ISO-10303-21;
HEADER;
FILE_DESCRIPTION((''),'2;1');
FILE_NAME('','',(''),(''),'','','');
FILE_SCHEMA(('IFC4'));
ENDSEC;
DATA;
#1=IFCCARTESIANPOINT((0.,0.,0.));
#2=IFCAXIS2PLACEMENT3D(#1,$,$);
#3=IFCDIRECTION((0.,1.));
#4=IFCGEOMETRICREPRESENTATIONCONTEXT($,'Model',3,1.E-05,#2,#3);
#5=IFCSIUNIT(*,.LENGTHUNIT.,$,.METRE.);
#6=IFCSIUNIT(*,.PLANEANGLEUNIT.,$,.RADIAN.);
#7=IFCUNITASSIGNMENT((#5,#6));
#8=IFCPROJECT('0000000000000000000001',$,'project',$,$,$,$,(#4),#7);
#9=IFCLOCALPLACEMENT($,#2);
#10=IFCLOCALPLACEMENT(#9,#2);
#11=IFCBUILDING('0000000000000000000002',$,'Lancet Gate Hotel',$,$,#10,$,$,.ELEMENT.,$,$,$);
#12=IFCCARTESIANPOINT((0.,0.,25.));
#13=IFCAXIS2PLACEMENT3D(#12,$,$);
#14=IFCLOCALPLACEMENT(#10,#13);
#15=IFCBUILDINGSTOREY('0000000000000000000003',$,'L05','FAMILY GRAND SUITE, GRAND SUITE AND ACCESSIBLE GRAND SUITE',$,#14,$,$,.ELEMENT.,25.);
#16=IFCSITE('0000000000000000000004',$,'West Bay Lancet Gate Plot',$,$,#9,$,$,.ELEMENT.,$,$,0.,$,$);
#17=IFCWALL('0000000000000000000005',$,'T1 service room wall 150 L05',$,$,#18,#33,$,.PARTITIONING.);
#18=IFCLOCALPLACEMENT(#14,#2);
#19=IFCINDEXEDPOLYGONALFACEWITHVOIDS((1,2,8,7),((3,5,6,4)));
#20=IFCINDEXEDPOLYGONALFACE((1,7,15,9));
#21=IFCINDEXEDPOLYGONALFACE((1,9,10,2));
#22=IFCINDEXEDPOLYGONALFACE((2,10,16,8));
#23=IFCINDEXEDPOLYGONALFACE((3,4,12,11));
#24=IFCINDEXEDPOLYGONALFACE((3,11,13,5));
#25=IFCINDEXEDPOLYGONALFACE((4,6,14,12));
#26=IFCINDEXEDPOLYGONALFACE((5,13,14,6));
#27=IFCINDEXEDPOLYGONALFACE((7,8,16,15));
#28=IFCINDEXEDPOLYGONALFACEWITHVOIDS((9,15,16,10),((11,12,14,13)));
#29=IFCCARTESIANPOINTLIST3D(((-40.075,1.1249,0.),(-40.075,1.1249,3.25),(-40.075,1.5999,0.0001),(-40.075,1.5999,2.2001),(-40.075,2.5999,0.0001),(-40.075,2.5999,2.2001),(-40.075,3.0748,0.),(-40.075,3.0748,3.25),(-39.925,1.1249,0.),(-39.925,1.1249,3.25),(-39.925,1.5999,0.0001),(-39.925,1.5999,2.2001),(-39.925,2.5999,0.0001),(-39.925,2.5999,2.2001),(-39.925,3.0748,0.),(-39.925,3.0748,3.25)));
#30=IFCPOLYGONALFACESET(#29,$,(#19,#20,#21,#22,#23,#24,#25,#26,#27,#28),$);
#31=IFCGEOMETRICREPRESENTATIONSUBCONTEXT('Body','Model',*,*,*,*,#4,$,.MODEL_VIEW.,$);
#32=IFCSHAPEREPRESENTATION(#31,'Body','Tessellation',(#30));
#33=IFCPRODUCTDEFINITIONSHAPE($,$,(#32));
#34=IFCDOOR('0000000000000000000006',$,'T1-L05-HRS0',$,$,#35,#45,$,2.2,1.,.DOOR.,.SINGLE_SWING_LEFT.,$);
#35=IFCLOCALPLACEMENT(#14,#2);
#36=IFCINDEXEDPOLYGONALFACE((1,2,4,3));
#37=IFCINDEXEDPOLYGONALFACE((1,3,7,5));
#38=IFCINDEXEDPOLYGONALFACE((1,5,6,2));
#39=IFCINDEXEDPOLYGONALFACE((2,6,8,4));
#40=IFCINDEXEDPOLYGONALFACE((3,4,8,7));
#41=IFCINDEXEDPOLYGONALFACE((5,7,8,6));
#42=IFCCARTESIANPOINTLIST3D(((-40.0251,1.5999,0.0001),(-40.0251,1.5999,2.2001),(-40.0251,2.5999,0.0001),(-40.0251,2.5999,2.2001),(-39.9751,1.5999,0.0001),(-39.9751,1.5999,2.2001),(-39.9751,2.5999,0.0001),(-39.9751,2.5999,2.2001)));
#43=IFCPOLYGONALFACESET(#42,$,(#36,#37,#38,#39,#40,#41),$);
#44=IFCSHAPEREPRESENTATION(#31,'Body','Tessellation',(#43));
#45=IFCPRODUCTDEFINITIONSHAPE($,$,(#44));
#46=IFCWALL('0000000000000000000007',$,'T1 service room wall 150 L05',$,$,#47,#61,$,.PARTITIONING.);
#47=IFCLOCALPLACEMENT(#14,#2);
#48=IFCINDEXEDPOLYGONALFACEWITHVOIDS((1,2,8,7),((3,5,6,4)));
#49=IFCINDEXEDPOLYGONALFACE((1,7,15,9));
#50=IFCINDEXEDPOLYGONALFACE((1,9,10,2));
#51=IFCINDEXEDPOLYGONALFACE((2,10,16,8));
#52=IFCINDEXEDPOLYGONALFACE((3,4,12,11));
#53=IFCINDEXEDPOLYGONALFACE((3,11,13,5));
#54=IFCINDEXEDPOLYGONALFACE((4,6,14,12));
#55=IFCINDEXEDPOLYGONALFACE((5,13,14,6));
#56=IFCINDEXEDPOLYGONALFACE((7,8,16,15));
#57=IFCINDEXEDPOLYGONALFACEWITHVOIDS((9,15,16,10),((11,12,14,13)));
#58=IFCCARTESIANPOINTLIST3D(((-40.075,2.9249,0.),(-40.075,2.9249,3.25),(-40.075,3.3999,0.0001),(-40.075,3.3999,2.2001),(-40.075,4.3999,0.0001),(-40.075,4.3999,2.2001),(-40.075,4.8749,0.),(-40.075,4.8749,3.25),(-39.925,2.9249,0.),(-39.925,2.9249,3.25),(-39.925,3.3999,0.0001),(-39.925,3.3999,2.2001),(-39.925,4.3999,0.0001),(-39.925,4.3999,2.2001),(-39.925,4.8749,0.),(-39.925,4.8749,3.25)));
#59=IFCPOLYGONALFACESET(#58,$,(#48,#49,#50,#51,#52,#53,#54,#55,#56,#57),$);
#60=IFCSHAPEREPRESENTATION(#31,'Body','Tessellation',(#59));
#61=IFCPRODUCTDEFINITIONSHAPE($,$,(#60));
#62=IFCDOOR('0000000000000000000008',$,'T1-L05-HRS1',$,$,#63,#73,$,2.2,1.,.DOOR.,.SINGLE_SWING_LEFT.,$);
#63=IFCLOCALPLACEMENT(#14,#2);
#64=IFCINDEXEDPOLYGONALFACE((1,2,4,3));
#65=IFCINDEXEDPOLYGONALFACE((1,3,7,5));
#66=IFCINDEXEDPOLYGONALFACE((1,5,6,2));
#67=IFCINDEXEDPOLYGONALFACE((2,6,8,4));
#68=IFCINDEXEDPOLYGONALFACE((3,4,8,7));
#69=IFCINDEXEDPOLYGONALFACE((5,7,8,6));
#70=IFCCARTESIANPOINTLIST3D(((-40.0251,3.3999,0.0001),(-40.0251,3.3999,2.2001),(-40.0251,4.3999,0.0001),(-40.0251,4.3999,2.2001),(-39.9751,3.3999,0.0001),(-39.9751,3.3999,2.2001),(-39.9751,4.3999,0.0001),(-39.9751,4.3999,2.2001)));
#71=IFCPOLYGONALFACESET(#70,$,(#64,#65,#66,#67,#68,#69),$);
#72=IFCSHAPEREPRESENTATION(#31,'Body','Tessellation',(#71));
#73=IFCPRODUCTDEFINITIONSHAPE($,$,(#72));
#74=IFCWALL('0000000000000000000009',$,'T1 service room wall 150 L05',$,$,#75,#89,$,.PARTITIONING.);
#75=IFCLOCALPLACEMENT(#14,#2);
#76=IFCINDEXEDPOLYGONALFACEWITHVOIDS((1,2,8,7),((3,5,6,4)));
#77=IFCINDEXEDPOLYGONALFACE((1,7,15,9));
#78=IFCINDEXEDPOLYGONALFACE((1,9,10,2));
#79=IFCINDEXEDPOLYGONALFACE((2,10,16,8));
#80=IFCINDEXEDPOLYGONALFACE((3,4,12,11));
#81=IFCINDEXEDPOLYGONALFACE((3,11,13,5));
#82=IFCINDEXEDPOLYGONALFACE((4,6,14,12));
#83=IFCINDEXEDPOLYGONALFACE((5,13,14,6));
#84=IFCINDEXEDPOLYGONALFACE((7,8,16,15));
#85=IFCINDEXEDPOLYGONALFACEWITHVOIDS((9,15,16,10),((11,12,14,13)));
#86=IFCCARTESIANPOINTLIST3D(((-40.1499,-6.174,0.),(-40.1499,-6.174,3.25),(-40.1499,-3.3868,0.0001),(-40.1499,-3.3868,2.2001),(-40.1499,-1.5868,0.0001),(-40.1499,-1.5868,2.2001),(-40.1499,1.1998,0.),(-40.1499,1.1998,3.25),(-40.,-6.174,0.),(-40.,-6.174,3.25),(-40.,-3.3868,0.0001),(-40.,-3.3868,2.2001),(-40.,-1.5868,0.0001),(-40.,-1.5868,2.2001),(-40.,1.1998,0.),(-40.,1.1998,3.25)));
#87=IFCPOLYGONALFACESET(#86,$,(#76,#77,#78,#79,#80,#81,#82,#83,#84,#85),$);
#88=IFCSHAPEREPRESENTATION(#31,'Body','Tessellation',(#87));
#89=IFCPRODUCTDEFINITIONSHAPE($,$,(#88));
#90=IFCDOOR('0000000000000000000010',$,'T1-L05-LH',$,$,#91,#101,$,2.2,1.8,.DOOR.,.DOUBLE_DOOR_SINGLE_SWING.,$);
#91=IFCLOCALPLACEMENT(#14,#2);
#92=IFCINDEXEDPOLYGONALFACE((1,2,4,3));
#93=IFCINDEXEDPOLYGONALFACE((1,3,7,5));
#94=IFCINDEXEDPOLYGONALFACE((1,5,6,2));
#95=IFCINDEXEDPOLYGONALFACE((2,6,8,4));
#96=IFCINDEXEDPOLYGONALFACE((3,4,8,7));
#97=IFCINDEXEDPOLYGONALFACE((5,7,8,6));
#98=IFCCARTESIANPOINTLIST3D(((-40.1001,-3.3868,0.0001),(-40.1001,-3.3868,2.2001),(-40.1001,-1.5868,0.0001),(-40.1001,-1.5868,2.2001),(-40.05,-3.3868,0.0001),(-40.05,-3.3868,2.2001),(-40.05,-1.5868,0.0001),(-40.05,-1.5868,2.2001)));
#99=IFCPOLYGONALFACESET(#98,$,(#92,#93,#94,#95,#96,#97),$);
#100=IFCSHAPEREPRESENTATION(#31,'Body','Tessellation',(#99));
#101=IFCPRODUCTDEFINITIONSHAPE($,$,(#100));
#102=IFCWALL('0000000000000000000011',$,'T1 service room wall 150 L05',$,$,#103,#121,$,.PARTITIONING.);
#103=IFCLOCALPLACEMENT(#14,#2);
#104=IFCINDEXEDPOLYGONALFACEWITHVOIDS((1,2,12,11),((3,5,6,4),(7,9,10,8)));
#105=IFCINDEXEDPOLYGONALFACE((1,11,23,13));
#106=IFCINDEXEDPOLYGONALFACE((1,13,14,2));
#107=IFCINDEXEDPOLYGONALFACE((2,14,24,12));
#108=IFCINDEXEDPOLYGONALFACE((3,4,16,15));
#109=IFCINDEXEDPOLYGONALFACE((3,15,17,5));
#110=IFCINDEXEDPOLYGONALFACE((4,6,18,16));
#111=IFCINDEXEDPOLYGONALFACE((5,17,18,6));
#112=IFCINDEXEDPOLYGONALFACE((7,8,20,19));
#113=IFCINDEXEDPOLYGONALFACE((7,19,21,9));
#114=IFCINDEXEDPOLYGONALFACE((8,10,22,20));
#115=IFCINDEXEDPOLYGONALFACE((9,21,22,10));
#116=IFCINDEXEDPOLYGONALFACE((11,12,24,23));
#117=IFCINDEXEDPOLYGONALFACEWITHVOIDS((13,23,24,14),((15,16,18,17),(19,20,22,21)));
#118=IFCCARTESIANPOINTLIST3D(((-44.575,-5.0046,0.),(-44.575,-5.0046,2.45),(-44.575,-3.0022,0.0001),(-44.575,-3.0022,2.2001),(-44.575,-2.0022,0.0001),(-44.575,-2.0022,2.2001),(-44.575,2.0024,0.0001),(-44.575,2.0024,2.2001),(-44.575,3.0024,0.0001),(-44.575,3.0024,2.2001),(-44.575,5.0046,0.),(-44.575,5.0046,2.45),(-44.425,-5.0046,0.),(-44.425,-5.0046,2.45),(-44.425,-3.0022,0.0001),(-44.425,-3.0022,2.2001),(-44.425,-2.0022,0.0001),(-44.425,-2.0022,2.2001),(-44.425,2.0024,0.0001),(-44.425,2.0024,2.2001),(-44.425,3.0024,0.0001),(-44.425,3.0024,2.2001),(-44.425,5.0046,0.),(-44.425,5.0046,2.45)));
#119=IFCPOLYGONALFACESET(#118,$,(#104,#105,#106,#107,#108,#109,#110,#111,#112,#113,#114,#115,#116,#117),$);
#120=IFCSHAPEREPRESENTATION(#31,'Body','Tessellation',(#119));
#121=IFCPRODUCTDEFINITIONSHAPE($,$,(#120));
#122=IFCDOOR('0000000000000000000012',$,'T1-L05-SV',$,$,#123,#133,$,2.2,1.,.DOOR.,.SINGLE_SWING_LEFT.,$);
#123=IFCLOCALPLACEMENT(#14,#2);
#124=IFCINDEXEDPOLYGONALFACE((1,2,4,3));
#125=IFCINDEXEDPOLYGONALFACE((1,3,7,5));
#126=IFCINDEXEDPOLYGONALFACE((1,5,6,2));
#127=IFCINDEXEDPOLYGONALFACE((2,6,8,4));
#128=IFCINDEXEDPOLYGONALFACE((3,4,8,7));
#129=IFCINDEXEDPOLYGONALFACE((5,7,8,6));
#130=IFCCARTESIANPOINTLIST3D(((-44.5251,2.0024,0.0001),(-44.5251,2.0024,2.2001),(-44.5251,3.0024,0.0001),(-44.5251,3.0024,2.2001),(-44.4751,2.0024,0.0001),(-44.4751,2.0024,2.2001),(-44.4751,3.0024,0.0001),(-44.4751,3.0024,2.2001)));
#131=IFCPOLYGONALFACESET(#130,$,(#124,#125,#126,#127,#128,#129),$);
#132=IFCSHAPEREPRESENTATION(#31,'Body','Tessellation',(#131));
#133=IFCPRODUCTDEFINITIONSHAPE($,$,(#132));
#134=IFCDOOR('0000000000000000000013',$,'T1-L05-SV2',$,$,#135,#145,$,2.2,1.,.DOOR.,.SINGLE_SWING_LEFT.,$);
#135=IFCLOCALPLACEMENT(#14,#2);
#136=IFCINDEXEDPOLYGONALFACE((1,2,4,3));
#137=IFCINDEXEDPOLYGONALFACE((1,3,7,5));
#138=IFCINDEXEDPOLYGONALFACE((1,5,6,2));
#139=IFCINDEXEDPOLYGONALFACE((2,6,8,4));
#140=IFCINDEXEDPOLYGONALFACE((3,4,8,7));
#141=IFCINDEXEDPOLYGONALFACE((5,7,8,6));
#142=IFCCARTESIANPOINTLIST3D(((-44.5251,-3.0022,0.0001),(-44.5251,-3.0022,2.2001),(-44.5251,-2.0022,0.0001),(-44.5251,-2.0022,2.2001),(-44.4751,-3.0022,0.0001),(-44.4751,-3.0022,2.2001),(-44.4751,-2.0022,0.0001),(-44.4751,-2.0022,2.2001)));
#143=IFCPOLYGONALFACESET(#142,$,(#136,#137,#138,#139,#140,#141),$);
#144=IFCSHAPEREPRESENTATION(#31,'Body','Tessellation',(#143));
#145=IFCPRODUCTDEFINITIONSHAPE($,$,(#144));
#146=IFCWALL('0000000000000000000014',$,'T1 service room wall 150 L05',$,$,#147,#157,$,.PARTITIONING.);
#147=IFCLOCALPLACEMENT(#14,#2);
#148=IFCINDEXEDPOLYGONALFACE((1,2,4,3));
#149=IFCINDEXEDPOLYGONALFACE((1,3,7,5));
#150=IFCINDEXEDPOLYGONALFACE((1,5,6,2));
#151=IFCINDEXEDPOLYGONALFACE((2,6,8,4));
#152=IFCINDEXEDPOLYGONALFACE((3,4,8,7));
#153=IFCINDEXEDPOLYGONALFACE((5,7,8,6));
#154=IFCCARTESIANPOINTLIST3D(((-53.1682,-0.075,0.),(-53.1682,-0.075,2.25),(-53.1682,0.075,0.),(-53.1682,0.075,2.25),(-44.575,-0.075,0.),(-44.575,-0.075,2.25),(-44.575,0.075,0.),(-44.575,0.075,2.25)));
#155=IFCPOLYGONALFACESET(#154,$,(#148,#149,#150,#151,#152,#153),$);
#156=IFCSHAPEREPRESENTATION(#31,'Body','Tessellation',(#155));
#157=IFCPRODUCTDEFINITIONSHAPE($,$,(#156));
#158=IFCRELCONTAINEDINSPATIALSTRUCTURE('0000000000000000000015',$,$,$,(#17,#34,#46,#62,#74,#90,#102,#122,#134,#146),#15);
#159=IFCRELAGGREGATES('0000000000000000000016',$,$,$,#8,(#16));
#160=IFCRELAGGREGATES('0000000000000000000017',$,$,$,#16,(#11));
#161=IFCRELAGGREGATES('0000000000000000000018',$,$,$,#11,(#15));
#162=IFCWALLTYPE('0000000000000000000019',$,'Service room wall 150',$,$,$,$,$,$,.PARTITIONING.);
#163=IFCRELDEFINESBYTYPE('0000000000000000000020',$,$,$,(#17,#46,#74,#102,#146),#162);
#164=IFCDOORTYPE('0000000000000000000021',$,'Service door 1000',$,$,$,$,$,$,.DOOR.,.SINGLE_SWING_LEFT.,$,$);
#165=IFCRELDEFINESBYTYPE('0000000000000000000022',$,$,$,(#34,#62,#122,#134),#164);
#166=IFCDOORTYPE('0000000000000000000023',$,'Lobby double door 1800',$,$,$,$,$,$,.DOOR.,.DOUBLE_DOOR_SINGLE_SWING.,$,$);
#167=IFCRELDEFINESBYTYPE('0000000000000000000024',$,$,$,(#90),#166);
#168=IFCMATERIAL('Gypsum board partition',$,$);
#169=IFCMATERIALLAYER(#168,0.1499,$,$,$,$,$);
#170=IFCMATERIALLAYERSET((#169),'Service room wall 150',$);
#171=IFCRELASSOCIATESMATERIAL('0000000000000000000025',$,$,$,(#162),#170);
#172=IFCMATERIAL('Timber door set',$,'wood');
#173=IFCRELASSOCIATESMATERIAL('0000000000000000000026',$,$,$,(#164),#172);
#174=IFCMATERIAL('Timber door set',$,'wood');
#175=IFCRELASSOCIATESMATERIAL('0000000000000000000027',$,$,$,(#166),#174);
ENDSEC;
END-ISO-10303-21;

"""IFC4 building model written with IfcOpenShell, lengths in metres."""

from ifc_helpers import new_model, si_unit, direction, frame, frame_2d, origin, place, context, subcontext, project, spatial, rectangle, extrude, material, layer, layer_set, type_object, element, fill, save


model = new_model("IFC4")

# Units and contexts
model_context = context("Model", 3, precision=1e-05, world=origin(), true_north=direction((0.0, 1.0)))
body_context = subcontext(model_context, "Body", "Model", "MODEL_VIEW")
ifc_project = project(units=[si_unit("LENGTHUNIT", "METRE"), si_unit("PLANEANGLEUNIT", "RADIAN")], contexts=[model_context])

# Site, building, storey
site_placement = place(None, origin())
site = spatial("IfcSite", under=ifc_project, at=site_placement, Name="West Bay Lancet Gate Plot", CompositionType="ELEMENT", RefElevation=0.0)
building_placement = place(site_placement, origin())
building = spatial("IfcBuilding", under=site, at=building_placement, Name="Lancet Gate Hotel", CompositionType="ELEMENT")
storey_placement = place(building_placement, frame((0.0, 0.0, 25.0)))
storey = spatial("IfcBuildingStorey", under=building, at=storey_placement, Name="L05", Description="FAMILY GRAND SUITE, GRAND SUITE AND ACCESSIBLE GRAND SUITE", CompositionType="ELEMENT", Elevation=25.0)

# Walls, openings, doors
ifc_material_1 = material(Name="Gypsum board partition")
ifc_layer_1 = layer(ifc_material_1, 0.1499)
ifc_layer_set_1 = layer_set([ifc_layer_1], Name="Service room wall 150")
wall_type_1 = type_object("IfcWallType", Name="Service room wall 150", PredefinedType="PARTITIONING", material=ifc_layer_set_1)
wall_1_placement = place(storey_placement, frame((-40.0, 3.075, 0.0), z_axis=(0.0, 0.0, 1.0), x_axis=(0.0, -1.0, 0.0)))
wall_1 = element("IfcWall", 1, at=wall_1_placement, inside=storey, type_object=wall_type_1, Name="T1 service room wall 150 L05", PredefinedType="PARTITIONING", context=body_context, shape_type="SweptSolid", body=[
    extrude(rectangle(XDim=1.95, YDim=0.1499, at=frame_2d((0.9751, 0.0))), origin(), (0.0, 0.0, 1.0), 3.25),
])
opening_1_placement = place(wall_1_placement, frame((0.4751, 0.0, 0.0)))
opening_1 = element("IfcOpeningElement", 2, at=opening_1_placement, cuts=wall_1, PredefinedType="OPENING", context=body_context, shape_type="SweptSolid", body=[
    extrude(rectangle(XDim=1.0, YDim=2.2, at=frame_2d((0.5, 1.1001))), frame((0.0, 0.085, 0.0), z_axis=(0.0, -1.0, 0.0), x_axis=(1.0, 0.0, 0.0)), (0.0, 0.0, 1.0), 0.1699),
])
ifc_material_2 = material(Name="Timber door set", Category="wood")
door_type_1 = type_object("IfcDoorType", Name="Service door 1000", OperationType="SINGLE_SWING_LEFT", PredefinedType="DOOR", material=ifc_material_2)
door_1_placement = place(opening_1_placement, origin())
door_1 = element("IfcDoor", 3, at=door_1_placement, inside=storey, type_object=door_type_1, Name="T1-L05-HRS0", OperationType="SINGLE_SWING_LEFT", OverallHeight=2.2, OverallWidth=1.0, PredefinedType="DOOR", context=body_context, shape_type="SweptSolid", body=[
    extrude(rectangle(XDim=1.0, YDim=2.2, at=frame_2d((0.5, 1.1001))), frame((0.0, 0.0249, 0.0), z_axis=(0.0, -1.0, 0.0), x_axis=(1.0, 0.0, 0.0)), (0.0, 0.0, 1.0), 0.05),
])
fill(opening_1, door_1)
wall_2_placement = place(storey_placement, frame((-40.0, 4.875, 0.0), z_axis=(0.0, 0.0, 1.0), x_axis=(0.0, -1.0, 0.0)))
wall_2 = element("IfcWall", 4, at=wall_2_placement, inside=storey, type_object=wall_type_1, Name="T1 service room wall 150 L05", PredefinedType="PARTITIONING", context=body_context, shape_type="SweptSolid", body=[
    extrude(rectangle(XDim=1.95, YDim=0.1499, at=frame_2d((0.9751, 0.0))), origin(), (0.0, 0.0, 1.0), 3.25),
])
opening_2_placement = place(wall_2_placement, frame((0.4751, 0.0, 0.0)))
opening_2 = element("IfcOpeningElement", 5, at=opening_2_placement, cuts=wall_2, PredefinedType="OPENING", context=body_context, shape_type="SweptSolid", body=[
    extrude(rectangle(XDim=1.0, YDim=2.2, at=frame_2d((0.5, 1.1001))), frame((0.0, 0.085, 0.0), z_axis=(0.0, -1.0, 0.0), x_axis=(1.0, 0.0, 0.0)), (0.0, 0.0, 1.0), 0.1699),
])
door_2_placement = place(opening_2_placement, origin())
door_2 = element("IfcDoor", 6, at=door_2_placement, inside=storey, type_object=door_type_1, Name="T1-L05-HRS1", OperationType="SINGLE_SWING_LEFT", OverallHeight=2.2, OverallWidth=1.0, PredefinedType="DOOR", context=body_context, shape_type="SweptSolid", body=[
    extrude(rectangle(XDim=1.0, YDim=2.2, at=frame_2d((0.5, 1.1001))), frame((0.0, 0.0249, 0.0), z_axis=(0.0, -1.0, 0.0), x_axis=(1.0, 0.0, 0.0)), (0.0, 0.0, 1.0), 0.05),
])
fill(opening_2, door_2)
wall_3_placement = place(storey_placement, frame((-40.075, 1.2, 0.0), z_axis=(0.0, 0.0, 1.0), x_axis=(0.0, -1.0, 0.0)))
wall_3 = element("IfcWall", 7, at=wall_3_placement, inside=storey, type_object=wall_type_1, Name="T1 service room wall 150 L05", PredefinedType="PARTITIONING", context=body_context, shape_type="SweptSolid", body=[
    extrude(rectangle(XDim=7.3738, YDim=0.1499, at=frame_2d((3.687, 0.0))), origin(), (0.0, 0.0, 1.0), 3.25),
])
opening_3_placement = place(wall_3_placement, frame((2.7869, 0.0, 0.0)))
opening_3 = element("IfcOpeningElement", 8, at=opening_3_placement, cuts=wall_3, PredefinedType="OPENING", context=body_context, shape_type="SweptSolid", body=[
    extrude(rectangle(XDim=1.8, YDim=2.2, at=frame_2d((0.8999, 1.1001))), frame((0.0, 0.085, 0.0), z_axis=(0.0, -1.0, 0.0), x_axis=(1.0, 0.0, 0.0)), (0.0, 0.0, 1.0), 0.1699),
])
ifc_material_3 = material(Name="Timber door set", Category="wood")
door_type_2 = type_object("IfcDoorType", Name="Lobby double door 1800", OperationType="DOUBLE_DOOR_SINGLE_SWING", PredefinedType="DOOR", material=ifc_material_3)
door_3_placement = place(opening_3_placement, origin())
door_3 = element("IfcDoor", 9, at=door_3_placement, inside=storey, type_object=door_type_2, Name="T1-L05-LH", OperationType="DOUBLE_DOOR_SINGLE_SWING", OverallHeight=2.2, OverallWidth=1.8, PredefinedType="DOOR", context=body_context, shape_type="SweptSolid", body=[
    extrude(rectangle(XDim=1.8, YDim=2.2, at=frame_2d((0.8999, 1.1001))), frame((0.0, 0.0249, 0.0), z_axis=(0.0, -1.0, 0.0), x_axis=(1.0, 0.0, 0.0)), (0.0, 0.0, 1.0), 0.05),
])
fill(opening_3, door_3)

# Wall, openings, doors
wall_4_placement = place(storey_placement, frame((-44.5, 5.0046, 0.0), z_axis=(0.0, 0.0, 1.0), x_axis=(0.0, -1.0, 0.0)))
wall_4 = element("IfcWall", 10, at=wall_4_placement, inside=storey, type_object=wall_type_1, Name="T1 service room wall 150 L05", PredefinedType="PARTITIONING", context=body_context, shape_type="SweptSolid", body=[
    extrude(rectangle(XDim=10.0093, YDim=0.1499, at=frame_2d((5.0046, 0.0))), origin(), (0.0, 0.0, 1.0), 2.45),
])
opening_4_placement = place(wall_4_placement, frame((2.0022, 0.0, 0.0)))
opening_4 = element("IfcOpeningElement", 11, at=opening_4_placement, cuts=wall_4, PredefinedType="OPENING", context=body_context, shape_type="SweptSolid", body=[
    extrude(rectangle(XDim=1.0, YDim=2.2, at=frame_2d((0.5, 1.1001))), frame((0.0, 0.085, 0.0), z_axis=(0.0, -1.0, 0.0), x_axis=(1.0, 0.0, 0.0)), (0.0, 0.0, 1.0), 0.1699),
])
opening_5_placement = place(wall_4_placement, frame((7.0068, 0.0, 0.0)))
opening_5 = element("IfcOpeningElement", 12, at=opening_5_placement, cuts=wall_4, PredefinedType="OPENING", context=body_context, shape_type="SweptSolid", body=[
    extrude(rectangle(XDim=1.0, YDim=2.2, at=frame_2d((0.5, 1.1001))), frame((0.0, 0.085, 0.0), z_axis=(0.0, -1.0, 0.0), x_axis=(1.0, 0.0, 0.0)), (0.0, 0.0, 1.0), 0.1699),
])
door_4_placement = place(opening_4_placement, origin())
door_4 = element("IfcDoor", 13, at=door_4_placement, inside=storey, type_object=door_type_1, Name="T1-L05-SV", OperationType="SINGLE_SWING_LEFT", OverallHeight=2.2, OverallWidth=1.0, PredefinedType="DOOR", context=body_context, shape_type="SweptSolid", body=[
    extrude(rectangle(XDim=1.0, YDim=2.2, at=frame_2d((0.5, 1.1001))), frame((0.0, 0.0249, 0.0), z_axis=(0.0, -1.0, 0.0), x_axis=(1.0, 0.0, 0.0)), (0.0, 0.0, 1.0), 0.05),
])
fill(opening_4, door_4)
door_5_placement = place(opening_5_placement, origin())
door_5 = element("IfcDoor", 14, at=door_5_placement, inside=storey, type_object=door_type_1, Name="T1-L05-SV2", OperationType="SINGLE_SWING_LEFT", OverallHeight=2.2, OverallWidth=1.0, PredefinedType="DOOR", context=body_context, shape_type="SweptSolid", body=[
    extrude(rectangle(XDim=1.0, YDim=2.2, at=frame_2d((0.5, 1.1001))), frame((0.0, 0.0249, 0.0), z_axis=(0.0, -1.0, 0.0), x_axis=(1.0, 0.0, 0.0)), (0.0, 0.0, 1.0), 0.05),
])
fill(opening_5, door_5)

# Wall
wall_5_placement = place(storey_placement, frame((-44.575, 0.0, 0.0), z_axis=(0.0, 0.0, 1.0), x_axis=(-1.0, 0.0, 0.0)))
element("IfcWall", 15, at=wall_5_placement, inside=storey, type_object=wall_type_1, Name="T1 service room wall 150 L05", PredefinedType="PARTITIONING", context=body_context, shape_type="SweptSolid", body=[
    extrude(rectangle(XDim=8.5933, YDim=0.1499, at=frame_2d((4.2966, 0.0))), origin(), (0.0, 0.0, 1.0), 2.25),
])

save(model, "model.ifc")
